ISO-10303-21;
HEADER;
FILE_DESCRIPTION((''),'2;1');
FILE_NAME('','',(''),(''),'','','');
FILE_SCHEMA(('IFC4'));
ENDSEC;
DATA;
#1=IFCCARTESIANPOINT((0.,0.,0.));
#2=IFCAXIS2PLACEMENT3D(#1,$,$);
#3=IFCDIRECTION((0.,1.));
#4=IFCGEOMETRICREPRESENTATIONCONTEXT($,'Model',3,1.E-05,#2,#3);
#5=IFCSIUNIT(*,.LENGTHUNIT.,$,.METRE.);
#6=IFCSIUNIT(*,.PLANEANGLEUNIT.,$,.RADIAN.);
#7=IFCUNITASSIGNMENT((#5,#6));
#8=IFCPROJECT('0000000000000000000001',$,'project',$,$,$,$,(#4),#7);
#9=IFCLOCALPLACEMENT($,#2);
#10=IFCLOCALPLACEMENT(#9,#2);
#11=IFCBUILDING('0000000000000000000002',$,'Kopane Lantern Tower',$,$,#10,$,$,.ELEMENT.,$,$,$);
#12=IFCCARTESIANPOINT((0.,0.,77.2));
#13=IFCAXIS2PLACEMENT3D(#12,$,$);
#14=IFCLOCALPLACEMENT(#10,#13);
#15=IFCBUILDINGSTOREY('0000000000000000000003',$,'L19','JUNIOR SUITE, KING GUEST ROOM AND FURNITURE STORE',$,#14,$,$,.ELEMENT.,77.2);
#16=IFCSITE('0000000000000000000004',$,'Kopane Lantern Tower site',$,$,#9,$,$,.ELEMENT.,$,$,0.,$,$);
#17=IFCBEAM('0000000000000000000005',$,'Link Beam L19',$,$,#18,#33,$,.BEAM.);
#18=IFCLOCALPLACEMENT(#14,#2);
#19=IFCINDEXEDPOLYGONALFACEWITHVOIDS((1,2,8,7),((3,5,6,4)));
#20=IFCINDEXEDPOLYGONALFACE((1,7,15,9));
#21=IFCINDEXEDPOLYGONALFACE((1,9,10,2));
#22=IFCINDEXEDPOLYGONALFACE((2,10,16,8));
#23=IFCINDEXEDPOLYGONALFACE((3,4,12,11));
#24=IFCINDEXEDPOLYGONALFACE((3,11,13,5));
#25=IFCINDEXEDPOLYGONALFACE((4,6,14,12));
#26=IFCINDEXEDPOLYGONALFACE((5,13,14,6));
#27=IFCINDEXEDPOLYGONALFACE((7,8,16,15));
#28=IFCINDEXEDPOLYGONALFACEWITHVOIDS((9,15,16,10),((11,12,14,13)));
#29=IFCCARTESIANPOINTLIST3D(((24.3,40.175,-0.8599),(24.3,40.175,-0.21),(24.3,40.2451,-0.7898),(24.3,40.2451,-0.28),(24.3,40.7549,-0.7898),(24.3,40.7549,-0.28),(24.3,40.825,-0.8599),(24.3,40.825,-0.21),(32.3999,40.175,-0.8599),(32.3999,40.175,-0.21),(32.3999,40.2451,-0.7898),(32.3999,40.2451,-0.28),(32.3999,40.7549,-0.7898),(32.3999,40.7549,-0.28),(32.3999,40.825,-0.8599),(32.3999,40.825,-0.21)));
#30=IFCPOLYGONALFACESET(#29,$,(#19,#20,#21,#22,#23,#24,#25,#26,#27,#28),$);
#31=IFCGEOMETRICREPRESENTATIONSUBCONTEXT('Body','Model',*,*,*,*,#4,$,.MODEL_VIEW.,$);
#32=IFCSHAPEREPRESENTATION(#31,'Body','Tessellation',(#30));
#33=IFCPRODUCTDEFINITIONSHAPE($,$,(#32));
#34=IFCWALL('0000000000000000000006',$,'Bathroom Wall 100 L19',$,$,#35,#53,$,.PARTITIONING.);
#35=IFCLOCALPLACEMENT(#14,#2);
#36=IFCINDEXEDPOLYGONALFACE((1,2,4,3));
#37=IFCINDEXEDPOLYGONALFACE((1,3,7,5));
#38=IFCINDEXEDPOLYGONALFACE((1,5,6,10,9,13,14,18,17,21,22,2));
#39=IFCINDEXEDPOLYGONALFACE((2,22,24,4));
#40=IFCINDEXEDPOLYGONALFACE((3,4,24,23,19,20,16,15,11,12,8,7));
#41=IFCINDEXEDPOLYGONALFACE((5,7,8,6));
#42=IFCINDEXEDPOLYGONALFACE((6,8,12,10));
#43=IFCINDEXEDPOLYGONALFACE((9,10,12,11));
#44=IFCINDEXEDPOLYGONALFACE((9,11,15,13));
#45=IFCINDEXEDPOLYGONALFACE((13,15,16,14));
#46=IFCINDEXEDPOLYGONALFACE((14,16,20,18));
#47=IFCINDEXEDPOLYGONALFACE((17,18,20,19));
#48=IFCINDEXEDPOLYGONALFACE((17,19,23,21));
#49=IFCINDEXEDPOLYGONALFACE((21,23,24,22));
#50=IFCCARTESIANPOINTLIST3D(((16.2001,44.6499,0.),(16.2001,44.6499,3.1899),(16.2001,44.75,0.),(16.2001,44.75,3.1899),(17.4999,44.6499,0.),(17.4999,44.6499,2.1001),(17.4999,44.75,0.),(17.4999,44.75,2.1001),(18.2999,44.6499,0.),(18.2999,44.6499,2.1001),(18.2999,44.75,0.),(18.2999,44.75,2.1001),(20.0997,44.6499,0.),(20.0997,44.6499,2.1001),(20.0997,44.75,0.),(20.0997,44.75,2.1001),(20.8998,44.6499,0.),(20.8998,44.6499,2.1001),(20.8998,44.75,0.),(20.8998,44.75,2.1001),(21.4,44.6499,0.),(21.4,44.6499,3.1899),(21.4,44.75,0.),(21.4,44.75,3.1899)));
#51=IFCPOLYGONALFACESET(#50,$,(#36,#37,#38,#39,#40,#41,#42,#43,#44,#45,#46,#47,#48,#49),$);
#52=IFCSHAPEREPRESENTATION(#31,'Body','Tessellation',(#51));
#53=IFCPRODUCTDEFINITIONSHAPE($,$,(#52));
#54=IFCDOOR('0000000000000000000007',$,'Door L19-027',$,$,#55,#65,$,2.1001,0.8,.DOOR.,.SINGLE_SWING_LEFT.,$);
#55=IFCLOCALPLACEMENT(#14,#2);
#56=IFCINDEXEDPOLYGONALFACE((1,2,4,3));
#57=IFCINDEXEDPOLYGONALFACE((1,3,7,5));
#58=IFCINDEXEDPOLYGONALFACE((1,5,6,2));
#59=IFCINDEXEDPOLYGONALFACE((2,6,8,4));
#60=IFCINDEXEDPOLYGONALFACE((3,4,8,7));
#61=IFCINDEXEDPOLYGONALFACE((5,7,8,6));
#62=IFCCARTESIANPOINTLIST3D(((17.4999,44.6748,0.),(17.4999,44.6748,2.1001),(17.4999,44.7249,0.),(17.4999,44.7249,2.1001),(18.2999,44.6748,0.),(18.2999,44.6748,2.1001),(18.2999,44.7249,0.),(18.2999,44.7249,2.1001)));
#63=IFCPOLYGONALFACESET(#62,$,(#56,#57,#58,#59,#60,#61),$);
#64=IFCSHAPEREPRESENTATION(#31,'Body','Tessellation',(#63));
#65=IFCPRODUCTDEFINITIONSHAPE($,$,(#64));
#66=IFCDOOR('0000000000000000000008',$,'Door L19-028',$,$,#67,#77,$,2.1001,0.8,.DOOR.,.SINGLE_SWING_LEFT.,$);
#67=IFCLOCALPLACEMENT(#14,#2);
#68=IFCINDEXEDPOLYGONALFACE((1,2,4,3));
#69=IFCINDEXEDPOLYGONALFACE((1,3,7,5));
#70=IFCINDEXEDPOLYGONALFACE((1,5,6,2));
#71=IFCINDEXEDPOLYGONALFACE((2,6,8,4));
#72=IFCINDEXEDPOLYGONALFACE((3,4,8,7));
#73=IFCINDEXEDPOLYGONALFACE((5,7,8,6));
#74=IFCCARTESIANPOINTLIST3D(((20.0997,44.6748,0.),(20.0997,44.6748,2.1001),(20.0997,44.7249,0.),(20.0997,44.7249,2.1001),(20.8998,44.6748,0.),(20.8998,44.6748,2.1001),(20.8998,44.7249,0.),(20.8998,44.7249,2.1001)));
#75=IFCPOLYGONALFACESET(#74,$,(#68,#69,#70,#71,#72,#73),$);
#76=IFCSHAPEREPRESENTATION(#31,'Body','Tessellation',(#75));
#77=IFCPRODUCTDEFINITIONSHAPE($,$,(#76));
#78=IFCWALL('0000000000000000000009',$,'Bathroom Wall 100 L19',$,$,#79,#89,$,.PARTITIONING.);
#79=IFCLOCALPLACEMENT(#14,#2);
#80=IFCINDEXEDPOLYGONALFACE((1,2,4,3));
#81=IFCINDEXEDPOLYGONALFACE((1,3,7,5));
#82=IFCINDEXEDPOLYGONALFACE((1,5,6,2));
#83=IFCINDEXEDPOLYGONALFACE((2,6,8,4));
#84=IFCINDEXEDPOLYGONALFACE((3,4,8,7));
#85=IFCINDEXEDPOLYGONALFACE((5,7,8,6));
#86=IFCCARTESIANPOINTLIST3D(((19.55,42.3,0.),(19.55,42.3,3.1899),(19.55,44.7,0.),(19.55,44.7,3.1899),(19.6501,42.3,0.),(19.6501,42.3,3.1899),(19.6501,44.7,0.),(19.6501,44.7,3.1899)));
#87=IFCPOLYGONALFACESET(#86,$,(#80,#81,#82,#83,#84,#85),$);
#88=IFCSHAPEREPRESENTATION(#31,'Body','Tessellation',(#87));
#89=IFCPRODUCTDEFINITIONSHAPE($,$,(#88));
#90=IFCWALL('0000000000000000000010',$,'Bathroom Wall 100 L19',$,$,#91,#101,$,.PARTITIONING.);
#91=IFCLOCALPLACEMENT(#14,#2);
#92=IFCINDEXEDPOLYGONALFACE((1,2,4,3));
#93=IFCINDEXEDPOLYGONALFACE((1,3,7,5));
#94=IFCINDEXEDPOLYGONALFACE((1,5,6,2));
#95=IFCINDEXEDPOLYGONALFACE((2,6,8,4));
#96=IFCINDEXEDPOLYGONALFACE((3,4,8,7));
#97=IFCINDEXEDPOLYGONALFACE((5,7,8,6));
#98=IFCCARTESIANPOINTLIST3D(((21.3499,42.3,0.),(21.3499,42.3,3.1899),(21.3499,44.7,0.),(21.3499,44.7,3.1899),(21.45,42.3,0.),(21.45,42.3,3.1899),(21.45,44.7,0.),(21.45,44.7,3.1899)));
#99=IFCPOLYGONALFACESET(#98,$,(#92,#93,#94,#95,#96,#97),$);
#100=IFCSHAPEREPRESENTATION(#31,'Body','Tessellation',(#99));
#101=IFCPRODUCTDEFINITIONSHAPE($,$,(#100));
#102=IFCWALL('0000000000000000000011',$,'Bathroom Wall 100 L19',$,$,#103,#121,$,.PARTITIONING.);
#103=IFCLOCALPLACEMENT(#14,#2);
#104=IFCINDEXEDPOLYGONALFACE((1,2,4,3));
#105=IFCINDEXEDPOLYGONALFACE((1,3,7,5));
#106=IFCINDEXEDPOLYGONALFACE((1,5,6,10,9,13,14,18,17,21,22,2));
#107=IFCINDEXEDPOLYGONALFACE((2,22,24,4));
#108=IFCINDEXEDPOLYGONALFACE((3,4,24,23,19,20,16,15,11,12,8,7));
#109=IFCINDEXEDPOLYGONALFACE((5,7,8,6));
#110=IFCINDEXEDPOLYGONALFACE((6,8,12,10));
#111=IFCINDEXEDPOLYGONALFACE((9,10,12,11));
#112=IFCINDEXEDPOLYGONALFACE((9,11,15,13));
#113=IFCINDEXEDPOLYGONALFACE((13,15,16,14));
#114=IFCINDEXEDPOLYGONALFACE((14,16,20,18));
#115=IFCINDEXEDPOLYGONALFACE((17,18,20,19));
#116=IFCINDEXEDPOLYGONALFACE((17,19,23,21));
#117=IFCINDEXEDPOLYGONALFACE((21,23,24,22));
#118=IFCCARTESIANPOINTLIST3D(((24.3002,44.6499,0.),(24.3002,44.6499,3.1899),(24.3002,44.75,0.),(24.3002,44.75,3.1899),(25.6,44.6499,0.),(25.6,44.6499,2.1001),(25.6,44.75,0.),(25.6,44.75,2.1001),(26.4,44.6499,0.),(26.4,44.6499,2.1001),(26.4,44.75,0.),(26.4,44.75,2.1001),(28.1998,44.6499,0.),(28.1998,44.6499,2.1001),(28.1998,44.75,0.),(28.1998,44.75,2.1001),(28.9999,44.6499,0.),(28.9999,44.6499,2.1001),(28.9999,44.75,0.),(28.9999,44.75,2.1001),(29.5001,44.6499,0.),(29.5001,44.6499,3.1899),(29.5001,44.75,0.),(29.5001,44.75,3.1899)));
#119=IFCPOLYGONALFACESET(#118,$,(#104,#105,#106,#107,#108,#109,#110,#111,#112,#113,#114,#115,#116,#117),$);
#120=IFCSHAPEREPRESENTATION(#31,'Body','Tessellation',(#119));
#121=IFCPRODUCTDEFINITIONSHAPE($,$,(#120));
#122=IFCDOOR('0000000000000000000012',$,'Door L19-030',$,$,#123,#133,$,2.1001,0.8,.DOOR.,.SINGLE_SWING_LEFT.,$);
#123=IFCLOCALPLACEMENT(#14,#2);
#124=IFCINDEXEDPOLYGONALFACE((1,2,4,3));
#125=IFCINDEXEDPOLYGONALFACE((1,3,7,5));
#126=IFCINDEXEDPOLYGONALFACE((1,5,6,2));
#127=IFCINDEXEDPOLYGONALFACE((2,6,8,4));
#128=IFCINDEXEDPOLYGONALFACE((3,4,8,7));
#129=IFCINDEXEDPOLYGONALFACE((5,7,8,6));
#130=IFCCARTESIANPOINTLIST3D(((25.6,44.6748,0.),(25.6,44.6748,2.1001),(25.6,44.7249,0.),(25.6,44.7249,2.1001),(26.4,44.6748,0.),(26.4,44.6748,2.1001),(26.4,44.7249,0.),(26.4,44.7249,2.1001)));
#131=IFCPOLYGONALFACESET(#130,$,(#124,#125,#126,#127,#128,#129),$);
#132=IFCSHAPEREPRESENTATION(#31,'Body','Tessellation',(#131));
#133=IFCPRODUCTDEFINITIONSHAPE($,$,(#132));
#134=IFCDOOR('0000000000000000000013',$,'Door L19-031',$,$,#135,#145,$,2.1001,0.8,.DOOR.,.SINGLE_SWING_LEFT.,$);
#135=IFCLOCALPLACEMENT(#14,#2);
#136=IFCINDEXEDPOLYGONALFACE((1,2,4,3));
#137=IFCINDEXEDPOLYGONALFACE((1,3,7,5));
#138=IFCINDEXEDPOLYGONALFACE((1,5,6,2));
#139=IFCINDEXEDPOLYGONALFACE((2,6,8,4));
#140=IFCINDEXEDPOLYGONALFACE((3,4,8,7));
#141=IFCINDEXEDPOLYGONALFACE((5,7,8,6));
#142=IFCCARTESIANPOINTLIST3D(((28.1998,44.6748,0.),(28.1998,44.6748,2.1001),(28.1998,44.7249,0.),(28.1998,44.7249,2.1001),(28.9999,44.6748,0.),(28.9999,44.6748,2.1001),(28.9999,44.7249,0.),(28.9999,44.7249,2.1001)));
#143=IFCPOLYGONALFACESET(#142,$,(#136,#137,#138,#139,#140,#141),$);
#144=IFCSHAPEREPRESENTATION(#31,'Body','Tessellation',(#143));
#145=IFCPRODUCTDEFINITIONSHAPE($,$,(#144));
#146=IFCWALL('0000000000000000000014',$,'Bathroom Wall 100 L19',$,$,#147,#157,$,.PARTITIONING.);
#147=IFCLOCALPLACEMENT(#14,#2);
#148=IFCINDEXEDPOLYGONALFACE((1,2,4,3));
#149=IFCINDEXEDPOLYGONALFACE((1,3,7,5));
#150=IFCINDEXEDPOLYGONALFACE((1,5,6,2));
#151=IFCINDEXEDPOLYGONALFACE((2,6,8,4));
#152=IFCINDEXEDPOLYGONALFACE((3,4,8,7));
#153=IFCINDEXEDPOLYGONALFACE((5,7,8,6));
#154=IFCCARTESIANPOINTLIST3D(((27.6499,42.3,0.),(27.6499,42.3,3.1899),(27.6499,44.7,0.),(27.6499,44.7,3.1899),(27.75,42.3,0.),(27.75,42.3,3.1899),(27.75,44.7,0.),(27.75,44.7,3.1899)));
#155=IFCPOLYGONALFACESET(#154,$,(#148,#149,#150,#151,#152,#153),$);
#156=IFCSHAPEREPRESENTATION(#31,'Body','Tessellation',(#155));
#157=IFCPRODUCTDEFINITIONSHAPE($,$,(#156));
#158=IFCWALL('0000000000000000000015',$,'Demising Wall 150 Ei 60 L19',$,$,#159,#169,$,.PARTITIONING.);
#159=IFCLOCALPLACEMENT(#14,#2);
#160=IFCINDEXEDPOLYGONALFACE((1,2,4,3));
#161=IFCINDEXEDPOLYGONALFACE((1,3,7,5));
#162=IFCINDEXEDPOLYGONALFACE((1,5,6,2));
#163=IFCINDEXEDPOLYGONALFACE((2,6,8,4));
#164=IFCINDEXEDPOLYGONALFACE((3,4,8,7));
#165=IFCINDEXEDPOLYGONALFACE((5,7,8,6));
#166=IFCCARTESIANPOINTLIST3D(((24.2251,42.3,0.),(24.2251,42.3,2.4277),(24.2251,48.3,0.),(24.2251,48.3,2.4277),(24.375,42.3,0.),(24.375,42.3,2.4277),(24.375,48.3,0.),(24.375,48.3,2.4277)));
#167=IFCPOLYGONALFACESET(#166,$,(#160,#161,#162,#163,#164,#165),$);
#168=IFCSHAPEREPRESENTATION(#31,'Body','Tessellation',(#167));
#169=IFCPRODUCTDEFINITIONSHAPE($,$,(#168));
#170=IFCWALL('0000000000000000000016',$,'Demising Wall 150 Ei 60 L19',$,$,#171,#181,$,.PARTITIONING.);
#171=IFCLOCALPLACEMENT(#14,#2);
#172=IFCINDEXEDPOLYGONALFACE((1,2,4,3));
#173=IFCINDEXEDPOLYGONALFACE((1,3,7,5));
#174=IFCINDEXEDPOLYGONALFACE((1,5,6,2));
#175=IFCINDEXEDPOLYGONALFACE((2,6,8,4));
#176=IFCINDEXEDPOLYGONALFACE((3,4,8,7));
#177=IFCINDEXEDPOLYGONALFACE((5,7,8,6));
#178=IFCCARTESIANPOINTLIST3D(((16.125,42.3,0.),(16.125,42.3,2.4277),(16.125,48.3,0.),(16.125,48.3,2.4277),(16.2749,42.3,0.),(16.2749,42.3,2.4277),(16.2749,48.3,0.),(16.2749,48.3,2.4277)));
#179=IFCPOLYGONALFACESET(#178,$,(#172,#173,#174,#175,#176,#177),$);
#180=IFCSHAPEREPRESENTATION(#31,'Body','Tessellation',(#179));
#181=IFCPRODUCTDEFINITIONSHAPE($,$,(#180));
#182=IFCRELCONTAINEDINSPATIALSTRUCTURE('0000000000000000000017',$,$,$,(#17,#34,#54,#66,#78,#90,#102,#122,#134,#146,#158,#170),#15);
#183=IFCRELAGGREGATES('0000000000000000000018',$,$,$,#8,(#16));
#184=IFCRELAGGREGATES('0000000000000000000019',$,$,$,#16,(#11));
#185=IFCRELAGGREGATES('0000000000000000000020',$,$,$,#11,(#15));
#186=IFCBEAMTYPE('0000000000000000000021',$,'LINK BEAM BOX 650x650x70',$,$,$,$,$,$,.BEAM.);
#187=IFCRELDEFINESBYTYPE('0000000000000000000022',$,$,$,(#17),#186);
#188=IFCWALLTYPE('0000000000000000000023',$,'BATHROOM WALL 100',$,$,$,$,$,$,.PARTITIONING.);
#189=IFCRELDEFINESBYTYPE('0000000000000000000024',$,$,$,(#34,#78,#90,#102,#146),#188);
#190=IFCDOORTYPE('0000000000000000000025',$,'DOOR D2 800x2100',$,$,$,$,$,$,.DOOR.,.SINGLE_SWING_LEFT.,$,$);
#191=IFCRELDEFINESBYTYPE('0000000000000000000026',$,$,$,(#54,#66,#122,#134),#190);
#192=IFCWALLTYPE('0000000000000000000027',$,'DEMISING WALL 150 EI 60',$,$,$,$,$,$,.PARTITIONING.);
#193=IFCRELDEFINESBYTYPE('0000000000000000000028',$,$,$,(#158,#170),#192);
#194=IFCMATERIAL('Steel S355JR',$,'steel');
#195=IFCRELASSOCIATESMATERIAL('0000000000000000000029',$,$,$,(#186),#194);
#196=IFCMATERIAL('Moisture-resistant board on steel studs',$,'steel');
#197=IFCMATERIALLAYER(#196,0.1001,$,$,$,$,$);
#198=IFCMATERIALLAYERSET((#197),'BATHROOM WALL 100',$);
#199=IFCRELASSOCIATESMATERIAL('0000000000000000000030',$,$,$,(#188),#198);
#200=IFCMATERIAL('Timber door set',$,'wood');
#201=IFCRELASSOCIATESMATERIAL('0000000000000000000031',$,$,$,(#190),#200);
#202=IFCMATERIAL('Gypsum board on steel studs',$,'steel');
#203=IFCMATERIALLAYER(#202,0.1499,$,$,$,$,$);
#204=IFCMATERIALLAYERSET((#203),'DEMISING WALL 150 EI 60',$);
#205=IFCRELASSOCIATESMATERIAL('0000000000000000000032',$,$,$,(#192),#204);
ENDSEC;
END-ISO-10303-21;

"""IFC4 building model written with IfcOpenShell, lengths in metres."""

from ifc_helpers import new_model, si_unit, direction, frame, frame_2d, origin, origin_2d, place, context, subcontext, project, spatial, rectangle, hollow_rectangle, extrude, material, layer, layer_set, material_profile, profile_set, type_object, element, fill, save


model = new_model("IFC4")

# Units and contexts
model_context = context("Model", 3, precision=1e-05, world=origin(), true_north=direction((0.0, 1.0)))
body_context = subcontext(model_context, "Body", "Model", "MODEL_VIEW")
ifc_project = project(units=[si_unit("LENGTHUNIT", "METRE"), si_unit("PLANEANGLEUNIT", "RADIAN")], contexts=[model_context])

# Site, building, storey
site_placement = place(None, origin())
site = spatial("IfcSite", under=ifc_project, at=site_placement, Name="Kopane Lantern Tower site", CompositionType="ELEMENT", RefElevation=0.0)
building_placement = place(site_placement, origin())
building = spatial("IfcBuilding", under=site, at=building_placement, Name="Kopane Lantern Tower", CompositionType="ELEMENT")
storey_placement = place(building_placement, frame((0.0, 0.0, 77.2)))
storey = spatial("IfcBuildingStorey", under=building, at=storey_placement, Name="L19", Description="JUNIOR SUITE, KING GUEST ROOM AND FURNITURE STORE", CompositionType="ELEMENT", Elevation=77.2)

# Beam
ifc_material_1 = material(Name="Steel S355JR", Category="steel")
ifc_material_profile_1 = material_profile(ifc_material_1, hollow_rectangle(XDim=0.6499, YDim=0.6499, WallThickness=0.0701, at=origin_2d()), Name="BOX 650x650x70")
ifc_profile_set_1 = profile_set([ifc_material_profile_1], Name="Steel S355JR")
beam_type_1 = type_object("IfcBeamType", Name="LINK BEAM BOX 650x650x70", PredefinedType="BEAM", material=ifc_profile_set_1)
beam_1_placement = place(storey_placement, frame((24.3, 40.5, -0.5349), z_axis=(1.0, 0.0, 0.0), x_axis=(0.0, 1.0, 0.0)))
element("IfcBeam", 1, at=beam_1_placement, inside=storey, type_object=beam_type_1, Name="Link Beam L19", PredefinedType="BEAM", context=body_context, shape_type="SweptSolid", body=[
    extrude(hollow_rectangle(XDim=0.6499, YDim=0.6499, WallThickness=0.0701, at=origin_2d()), origin(), (0.0, 0.0, 1.0), 8.0999),
])

# Wall, openings, doors
ifc_material_2 = material(Name="Moisture-resistant board on steel studs", Category="steel")
ifc_layer_1 = layer(ifc_material_2, 0.1001)
ifc_layer_set_1 = layer_set([ifc_layer_1], Name="BATHROOM WALL 100")
wall_type_1 = type_object("IfcWallType", Name="BATHROOM WALL 100", PredefinedType="PARTITIONING", material=ifc_layer_set_1)
wall_1_placement = place(storey_placement, frame((16.2, 44.7, 0.0), z_axis=(0.0, 0.0, 1.0), x_axis=(1.0, 0.0, 0.0)))
wall_1 = element("IfcWall", 2, at=wall_1_placement, inside=storey, type_object=wall_type_1, Name="Bathroom Wall 100 L19", PredefinedType="PARTITIONING", context=body_context, shape_type="SweptSolid", body=[
    extrude(rectangle(XDim=5.2, YDim=0.1001, at=frame_2d((2.6001, 0.0))), origin(), (0.0, 0.0, 1.0), 3.1899),
])
opening_1_placement = place(wall_1_placement, frame((1.3, 0.0, 0.0)))
opening_1 = element("IfcOpeningElement", 3, at=opening_1_placement, cuts=wall_1, PredefinedType="OPENING", context=body_context, shape_type="SweptSolid", body=[
    extrude(rectangle(XDim=0.8, YDim=2.1001, at=frame_2d((0.3999, 1.05))), frame((0.0, 0.0601, 0.0), z_axis=(0.0, -1.0, 0.0), x_axis=(1.0, 0.0, 0.0)), (0.0, 0.0, 1.0), 0.1201),
])
opening_2_placement = place(wall_1_placement, frame((3.8999, 0.0, 0.0)))
opening_2 = element("IfcOpeningElement", 4, at=opening_2_placement, cuts=wall_1, PredefinedType="OPENING", context=body_context, shape_type="SweptSolid", body=[
    extrude(rectangle(XDim=0.8, YDim=2.1001, at=frame_2d((0.3999, 1.05))), frame((0.0, 0.0601, 0.0), z_axis=(0.0, -1.0, 0.0), x_axis=(1.0, 0.0, 0.0)), (0.0, 0.0, 1.0), 0.1201),
])
ifc_material_3 = material(Name="Timber door set", Category="wood")
door_type = type_object("IfcDoorType", Name="DOOR D2 800x2100", OperationType="SINGLE_SWING_LEFT", PredefinedType="DOOR", material=ifc_material_3)
door_1_placement = place(opening_1_placement, origin())
door_1 = element("IfcDoor", 5, at=door_1_placement, inside=storey, type_object=door_type, Name="Door L19-027", OperationType="SINGLE_SWING_LEFT", OverallHeight=2.1001, OverallWidth=0.8, PredefinedType="DOOR", context=body_context, shape_type="SweptSolid", body=[
    extrude(rectangle(XDim=0.8, YDim=2.1001, at=frame_2d((0.3999, 1.05))), frame((0.0, 0.0249, 0.0), z_axis=(0.0, -1.0, 0.0), x_axis=(1.0, 0.0, 0.0)), (0.0, 0.0, 1.0), 0.05),
])
fill(opening_1, door_1)
door_2_placement = place(opening_2_placement, origin())
door_2 = element("IfcDoor", 6, at=door_2_placement, inside=storey, type_object=door_type, Name="Door L19-028", OperationType="SINGLE_SWING_LEFT", OverallHeight=2.1001, OverallWidth=0.8, PredefinedType="DOOR", context=body_context, shape_type="SweptSolid", body=[
    extrude(rectangle(XDim=0.8, YDim=2.1001, at=frame_2d((0.3999, 1.05))), frame((0.0, 0.0249, 0.0), z_axis=(0.0, -1.0, 0.0), x_axis=(1.0, 0.0, 0.0)), (0.0, 0.0, 1.0), 0.05),
])
fill(opening_2, door_2)

# Walls
for number, where, z_axis, x_axis, name in (
    (7, (19.6001, 42.3, 0.0), (0.0, 0.0, 1.0), (0.0, 1.0, 0.0), "Bathroom Wall 100 L19"),
    (8, (21.3999, 42.3, 0.0), (0.0, 0.0, 1.0), (0.0, 1.0, 0.0), "Bathroom Wall 100 L19"),
):
    element("IfcWall", number, at=place(storey_placement, frame(where, z_axis=z_axis, x_axis=x_axis)), inside=storey, type_object=wall_type_1, Name=name, PredefinedType="PARTITIONING", context=body_context, shape_type="SweptSolid", body=[
        extrude(rectangle(XDim=2.3999, YDim=0.1001, at=frame_2d((1.2, 0.0))), origin(), (0.0, 0.0, 1.0), 3.1899),
    ])

# Wall, openings, doors
wall_2_placement = place(storey_placement, frame((24.3, 44.7, 0.0), z_axis=(0.0, 0.0, 1.0), x_axis=(1.0, 0.0, 0.0)))
wall_2 = element("IfcWall", 9, at=wall_2_placement, inside=storey, type_object=wall_type_1, Name="Bathroom Wall 100 L19", PredefinedType="PARTITIONING", context=body_context, shape_type="SweptSolid", body=[
    extrude(rectangle(XDim=5.2, YDim=0.1001, at=frame_2d((2.6001, 0.0))), origin(), (0.0, 0.0, 1.0), 3.1899),
])
opening_3_placement = place(wall_2_placement, frame((1.3, 0.0, 0.0)))
opening_3 = element("IfcOpeningElement", 10, at=opening_3_placement, cuts=wall_2, PredefinedType="OPENING", context=body_context, shape_type="SweptSolid", body=[
    extrude(rectangle(XDim=0.8, YDim=2.1001, at=frame_2d((0.3999, 1.05))), frame((0.0, 0.0601, 0.0), z_axis=(0.0, -1.0, 0.0), x_axis=(1.0, 0.0, 0.0)), (0.0, 0.0, 1.0), 0.1201),
])
opening_4_placement = place(wall_2_placement, frame((3.8999, 0.0, 0.0)))
opening_4 = element("IfcOpeningElement", 11, at=opening_4_placement, cuts=wall_2, PredefinedType="OPENING", context=body_context, shape_type="SweptSolid", body=[
    extrude(rectangle(XDim=0.8, YDim=2.1001, at=frame_2d((0.3999, 1.05))), frame((0.0, 0.0601, 0.0), z_axis=(0.0, -1.0, 0.0), x_axis=(1.0, 0.0, 0.0)), (0.0, 0.0, 1.0), 0.1201),
])
door_3_placement = place(opening_3_placement, origin())
door_3 = element("IfcDoor", 12, at=door_3_placement, inside=storey, type_object=door_type, Name="Door L19-030", OperationType="SINGLE_SWING_LEFT", OverallHeight=2.1001, OverallWidth=0.8, PredefinedType="DOOR", context=body_context, shape_type="SweptSolid", body=[
    extrude(rectangle(XDim=0.8, YDim=2.1001, at=frame_2d((0.3999, 1.05))), frame((0.0, 0.0249, 0.0), z_axis=(0.0, -1.0, 0.0), x_axis=(1.0, 0.0, 0.0)), (0.0, 0.0, 1.0), 0.05),
])
fill(opening_3, door_3)
door_4_placement = place(opening_4_placement, origin())
door_4 = element("IfcDoor", 13, at=door_4_placement, inside=storey, type_object=door_type, Name="Door L19-031", OperationType="SINGLE_SWING_LEFT", OverallHeight=2.1001, OverallWidth=0.8, PredefinedType="DOOR", context=body_context, shape_type="SweptSolid", body=[
    extrude(rectangle(XDim=0.8, YDim=2.1001, at=frame_2d((0.3999, 1.05))), frame((0.0, 0.0249, 0.0), z_axis=(0.0, -1.0, 0.0), x_axis=(1.0, 0.0, 0.0)), (0.0, 0.0, 1.0), 0.05),
])
fill(opening_4, door_4)

# Walls
wall_3_placement = place(storey_placement, frame((27.7, 42.3, 0.0), z_axis=(0.0, 0.0, 1.0), x_axis=(0.0, 1.0, 0.0)))
element("IfcWall", 14, at=wall_3_placement, inside=storey, type_object=wall_type_1, Name="Bathroom Wall 100 L19", PredefinedType="PARTITIONING", context=body_context, shape_type="SweptSolid", body=[
    extrude(rectangle(XDim=2.3999, YDim=0.1001, at=frame_2d((1.2, 0.0))), origin(), (0.0, 0.0, 1.0), 3.1899),
])
ifc_material_4 = material(Name="Gypsum board on steel studs", Category="steel")
ifc_layer_2 = layer(ifc_material_4, 0.1499)
ifc_layer_set_2 = layer_set([ifc_layer_2], Name="DEMISING WALL 150 EI 60")
wall_type_2 = type_object("IfcWallType", Name="DEMISING WALL 150 EI 60", PredefinedType="PARTITIONING", material=ifc_layer_set_2)
for number, where, z_axis, x_axis, name in (
    (15, (24.3, 42.3, 0.0), (0.0, 0.0, 1.0), (0.0, 1.0, 0.0), "Demising Wall 150 Ei 60 L19"),
    (16, (16.2, 42.3, 0.0), (0.0, 0.0, 1.0), (0.0, 1.0, 0.0), "Demising Wall 150 Ei 60 L19"),
):
    element("IfcWall", number, at=place(storey_placement, frame(where, z_axis=z_axis, x_axis=x_axis)), inside=storey, type_object=wall_type_2, Name=name, PredefinedType="PARTITIONING", context=body_context, shape_type="SweptSolid", body=[
        extrude(rectangle(XDim=6.0, YDim=0.1499, at=frame_2d((3.0, 0.0))), origin(), (0.0, 0.0, 1.0), 2.4277),
    ])

save(model, "model.ifc")
